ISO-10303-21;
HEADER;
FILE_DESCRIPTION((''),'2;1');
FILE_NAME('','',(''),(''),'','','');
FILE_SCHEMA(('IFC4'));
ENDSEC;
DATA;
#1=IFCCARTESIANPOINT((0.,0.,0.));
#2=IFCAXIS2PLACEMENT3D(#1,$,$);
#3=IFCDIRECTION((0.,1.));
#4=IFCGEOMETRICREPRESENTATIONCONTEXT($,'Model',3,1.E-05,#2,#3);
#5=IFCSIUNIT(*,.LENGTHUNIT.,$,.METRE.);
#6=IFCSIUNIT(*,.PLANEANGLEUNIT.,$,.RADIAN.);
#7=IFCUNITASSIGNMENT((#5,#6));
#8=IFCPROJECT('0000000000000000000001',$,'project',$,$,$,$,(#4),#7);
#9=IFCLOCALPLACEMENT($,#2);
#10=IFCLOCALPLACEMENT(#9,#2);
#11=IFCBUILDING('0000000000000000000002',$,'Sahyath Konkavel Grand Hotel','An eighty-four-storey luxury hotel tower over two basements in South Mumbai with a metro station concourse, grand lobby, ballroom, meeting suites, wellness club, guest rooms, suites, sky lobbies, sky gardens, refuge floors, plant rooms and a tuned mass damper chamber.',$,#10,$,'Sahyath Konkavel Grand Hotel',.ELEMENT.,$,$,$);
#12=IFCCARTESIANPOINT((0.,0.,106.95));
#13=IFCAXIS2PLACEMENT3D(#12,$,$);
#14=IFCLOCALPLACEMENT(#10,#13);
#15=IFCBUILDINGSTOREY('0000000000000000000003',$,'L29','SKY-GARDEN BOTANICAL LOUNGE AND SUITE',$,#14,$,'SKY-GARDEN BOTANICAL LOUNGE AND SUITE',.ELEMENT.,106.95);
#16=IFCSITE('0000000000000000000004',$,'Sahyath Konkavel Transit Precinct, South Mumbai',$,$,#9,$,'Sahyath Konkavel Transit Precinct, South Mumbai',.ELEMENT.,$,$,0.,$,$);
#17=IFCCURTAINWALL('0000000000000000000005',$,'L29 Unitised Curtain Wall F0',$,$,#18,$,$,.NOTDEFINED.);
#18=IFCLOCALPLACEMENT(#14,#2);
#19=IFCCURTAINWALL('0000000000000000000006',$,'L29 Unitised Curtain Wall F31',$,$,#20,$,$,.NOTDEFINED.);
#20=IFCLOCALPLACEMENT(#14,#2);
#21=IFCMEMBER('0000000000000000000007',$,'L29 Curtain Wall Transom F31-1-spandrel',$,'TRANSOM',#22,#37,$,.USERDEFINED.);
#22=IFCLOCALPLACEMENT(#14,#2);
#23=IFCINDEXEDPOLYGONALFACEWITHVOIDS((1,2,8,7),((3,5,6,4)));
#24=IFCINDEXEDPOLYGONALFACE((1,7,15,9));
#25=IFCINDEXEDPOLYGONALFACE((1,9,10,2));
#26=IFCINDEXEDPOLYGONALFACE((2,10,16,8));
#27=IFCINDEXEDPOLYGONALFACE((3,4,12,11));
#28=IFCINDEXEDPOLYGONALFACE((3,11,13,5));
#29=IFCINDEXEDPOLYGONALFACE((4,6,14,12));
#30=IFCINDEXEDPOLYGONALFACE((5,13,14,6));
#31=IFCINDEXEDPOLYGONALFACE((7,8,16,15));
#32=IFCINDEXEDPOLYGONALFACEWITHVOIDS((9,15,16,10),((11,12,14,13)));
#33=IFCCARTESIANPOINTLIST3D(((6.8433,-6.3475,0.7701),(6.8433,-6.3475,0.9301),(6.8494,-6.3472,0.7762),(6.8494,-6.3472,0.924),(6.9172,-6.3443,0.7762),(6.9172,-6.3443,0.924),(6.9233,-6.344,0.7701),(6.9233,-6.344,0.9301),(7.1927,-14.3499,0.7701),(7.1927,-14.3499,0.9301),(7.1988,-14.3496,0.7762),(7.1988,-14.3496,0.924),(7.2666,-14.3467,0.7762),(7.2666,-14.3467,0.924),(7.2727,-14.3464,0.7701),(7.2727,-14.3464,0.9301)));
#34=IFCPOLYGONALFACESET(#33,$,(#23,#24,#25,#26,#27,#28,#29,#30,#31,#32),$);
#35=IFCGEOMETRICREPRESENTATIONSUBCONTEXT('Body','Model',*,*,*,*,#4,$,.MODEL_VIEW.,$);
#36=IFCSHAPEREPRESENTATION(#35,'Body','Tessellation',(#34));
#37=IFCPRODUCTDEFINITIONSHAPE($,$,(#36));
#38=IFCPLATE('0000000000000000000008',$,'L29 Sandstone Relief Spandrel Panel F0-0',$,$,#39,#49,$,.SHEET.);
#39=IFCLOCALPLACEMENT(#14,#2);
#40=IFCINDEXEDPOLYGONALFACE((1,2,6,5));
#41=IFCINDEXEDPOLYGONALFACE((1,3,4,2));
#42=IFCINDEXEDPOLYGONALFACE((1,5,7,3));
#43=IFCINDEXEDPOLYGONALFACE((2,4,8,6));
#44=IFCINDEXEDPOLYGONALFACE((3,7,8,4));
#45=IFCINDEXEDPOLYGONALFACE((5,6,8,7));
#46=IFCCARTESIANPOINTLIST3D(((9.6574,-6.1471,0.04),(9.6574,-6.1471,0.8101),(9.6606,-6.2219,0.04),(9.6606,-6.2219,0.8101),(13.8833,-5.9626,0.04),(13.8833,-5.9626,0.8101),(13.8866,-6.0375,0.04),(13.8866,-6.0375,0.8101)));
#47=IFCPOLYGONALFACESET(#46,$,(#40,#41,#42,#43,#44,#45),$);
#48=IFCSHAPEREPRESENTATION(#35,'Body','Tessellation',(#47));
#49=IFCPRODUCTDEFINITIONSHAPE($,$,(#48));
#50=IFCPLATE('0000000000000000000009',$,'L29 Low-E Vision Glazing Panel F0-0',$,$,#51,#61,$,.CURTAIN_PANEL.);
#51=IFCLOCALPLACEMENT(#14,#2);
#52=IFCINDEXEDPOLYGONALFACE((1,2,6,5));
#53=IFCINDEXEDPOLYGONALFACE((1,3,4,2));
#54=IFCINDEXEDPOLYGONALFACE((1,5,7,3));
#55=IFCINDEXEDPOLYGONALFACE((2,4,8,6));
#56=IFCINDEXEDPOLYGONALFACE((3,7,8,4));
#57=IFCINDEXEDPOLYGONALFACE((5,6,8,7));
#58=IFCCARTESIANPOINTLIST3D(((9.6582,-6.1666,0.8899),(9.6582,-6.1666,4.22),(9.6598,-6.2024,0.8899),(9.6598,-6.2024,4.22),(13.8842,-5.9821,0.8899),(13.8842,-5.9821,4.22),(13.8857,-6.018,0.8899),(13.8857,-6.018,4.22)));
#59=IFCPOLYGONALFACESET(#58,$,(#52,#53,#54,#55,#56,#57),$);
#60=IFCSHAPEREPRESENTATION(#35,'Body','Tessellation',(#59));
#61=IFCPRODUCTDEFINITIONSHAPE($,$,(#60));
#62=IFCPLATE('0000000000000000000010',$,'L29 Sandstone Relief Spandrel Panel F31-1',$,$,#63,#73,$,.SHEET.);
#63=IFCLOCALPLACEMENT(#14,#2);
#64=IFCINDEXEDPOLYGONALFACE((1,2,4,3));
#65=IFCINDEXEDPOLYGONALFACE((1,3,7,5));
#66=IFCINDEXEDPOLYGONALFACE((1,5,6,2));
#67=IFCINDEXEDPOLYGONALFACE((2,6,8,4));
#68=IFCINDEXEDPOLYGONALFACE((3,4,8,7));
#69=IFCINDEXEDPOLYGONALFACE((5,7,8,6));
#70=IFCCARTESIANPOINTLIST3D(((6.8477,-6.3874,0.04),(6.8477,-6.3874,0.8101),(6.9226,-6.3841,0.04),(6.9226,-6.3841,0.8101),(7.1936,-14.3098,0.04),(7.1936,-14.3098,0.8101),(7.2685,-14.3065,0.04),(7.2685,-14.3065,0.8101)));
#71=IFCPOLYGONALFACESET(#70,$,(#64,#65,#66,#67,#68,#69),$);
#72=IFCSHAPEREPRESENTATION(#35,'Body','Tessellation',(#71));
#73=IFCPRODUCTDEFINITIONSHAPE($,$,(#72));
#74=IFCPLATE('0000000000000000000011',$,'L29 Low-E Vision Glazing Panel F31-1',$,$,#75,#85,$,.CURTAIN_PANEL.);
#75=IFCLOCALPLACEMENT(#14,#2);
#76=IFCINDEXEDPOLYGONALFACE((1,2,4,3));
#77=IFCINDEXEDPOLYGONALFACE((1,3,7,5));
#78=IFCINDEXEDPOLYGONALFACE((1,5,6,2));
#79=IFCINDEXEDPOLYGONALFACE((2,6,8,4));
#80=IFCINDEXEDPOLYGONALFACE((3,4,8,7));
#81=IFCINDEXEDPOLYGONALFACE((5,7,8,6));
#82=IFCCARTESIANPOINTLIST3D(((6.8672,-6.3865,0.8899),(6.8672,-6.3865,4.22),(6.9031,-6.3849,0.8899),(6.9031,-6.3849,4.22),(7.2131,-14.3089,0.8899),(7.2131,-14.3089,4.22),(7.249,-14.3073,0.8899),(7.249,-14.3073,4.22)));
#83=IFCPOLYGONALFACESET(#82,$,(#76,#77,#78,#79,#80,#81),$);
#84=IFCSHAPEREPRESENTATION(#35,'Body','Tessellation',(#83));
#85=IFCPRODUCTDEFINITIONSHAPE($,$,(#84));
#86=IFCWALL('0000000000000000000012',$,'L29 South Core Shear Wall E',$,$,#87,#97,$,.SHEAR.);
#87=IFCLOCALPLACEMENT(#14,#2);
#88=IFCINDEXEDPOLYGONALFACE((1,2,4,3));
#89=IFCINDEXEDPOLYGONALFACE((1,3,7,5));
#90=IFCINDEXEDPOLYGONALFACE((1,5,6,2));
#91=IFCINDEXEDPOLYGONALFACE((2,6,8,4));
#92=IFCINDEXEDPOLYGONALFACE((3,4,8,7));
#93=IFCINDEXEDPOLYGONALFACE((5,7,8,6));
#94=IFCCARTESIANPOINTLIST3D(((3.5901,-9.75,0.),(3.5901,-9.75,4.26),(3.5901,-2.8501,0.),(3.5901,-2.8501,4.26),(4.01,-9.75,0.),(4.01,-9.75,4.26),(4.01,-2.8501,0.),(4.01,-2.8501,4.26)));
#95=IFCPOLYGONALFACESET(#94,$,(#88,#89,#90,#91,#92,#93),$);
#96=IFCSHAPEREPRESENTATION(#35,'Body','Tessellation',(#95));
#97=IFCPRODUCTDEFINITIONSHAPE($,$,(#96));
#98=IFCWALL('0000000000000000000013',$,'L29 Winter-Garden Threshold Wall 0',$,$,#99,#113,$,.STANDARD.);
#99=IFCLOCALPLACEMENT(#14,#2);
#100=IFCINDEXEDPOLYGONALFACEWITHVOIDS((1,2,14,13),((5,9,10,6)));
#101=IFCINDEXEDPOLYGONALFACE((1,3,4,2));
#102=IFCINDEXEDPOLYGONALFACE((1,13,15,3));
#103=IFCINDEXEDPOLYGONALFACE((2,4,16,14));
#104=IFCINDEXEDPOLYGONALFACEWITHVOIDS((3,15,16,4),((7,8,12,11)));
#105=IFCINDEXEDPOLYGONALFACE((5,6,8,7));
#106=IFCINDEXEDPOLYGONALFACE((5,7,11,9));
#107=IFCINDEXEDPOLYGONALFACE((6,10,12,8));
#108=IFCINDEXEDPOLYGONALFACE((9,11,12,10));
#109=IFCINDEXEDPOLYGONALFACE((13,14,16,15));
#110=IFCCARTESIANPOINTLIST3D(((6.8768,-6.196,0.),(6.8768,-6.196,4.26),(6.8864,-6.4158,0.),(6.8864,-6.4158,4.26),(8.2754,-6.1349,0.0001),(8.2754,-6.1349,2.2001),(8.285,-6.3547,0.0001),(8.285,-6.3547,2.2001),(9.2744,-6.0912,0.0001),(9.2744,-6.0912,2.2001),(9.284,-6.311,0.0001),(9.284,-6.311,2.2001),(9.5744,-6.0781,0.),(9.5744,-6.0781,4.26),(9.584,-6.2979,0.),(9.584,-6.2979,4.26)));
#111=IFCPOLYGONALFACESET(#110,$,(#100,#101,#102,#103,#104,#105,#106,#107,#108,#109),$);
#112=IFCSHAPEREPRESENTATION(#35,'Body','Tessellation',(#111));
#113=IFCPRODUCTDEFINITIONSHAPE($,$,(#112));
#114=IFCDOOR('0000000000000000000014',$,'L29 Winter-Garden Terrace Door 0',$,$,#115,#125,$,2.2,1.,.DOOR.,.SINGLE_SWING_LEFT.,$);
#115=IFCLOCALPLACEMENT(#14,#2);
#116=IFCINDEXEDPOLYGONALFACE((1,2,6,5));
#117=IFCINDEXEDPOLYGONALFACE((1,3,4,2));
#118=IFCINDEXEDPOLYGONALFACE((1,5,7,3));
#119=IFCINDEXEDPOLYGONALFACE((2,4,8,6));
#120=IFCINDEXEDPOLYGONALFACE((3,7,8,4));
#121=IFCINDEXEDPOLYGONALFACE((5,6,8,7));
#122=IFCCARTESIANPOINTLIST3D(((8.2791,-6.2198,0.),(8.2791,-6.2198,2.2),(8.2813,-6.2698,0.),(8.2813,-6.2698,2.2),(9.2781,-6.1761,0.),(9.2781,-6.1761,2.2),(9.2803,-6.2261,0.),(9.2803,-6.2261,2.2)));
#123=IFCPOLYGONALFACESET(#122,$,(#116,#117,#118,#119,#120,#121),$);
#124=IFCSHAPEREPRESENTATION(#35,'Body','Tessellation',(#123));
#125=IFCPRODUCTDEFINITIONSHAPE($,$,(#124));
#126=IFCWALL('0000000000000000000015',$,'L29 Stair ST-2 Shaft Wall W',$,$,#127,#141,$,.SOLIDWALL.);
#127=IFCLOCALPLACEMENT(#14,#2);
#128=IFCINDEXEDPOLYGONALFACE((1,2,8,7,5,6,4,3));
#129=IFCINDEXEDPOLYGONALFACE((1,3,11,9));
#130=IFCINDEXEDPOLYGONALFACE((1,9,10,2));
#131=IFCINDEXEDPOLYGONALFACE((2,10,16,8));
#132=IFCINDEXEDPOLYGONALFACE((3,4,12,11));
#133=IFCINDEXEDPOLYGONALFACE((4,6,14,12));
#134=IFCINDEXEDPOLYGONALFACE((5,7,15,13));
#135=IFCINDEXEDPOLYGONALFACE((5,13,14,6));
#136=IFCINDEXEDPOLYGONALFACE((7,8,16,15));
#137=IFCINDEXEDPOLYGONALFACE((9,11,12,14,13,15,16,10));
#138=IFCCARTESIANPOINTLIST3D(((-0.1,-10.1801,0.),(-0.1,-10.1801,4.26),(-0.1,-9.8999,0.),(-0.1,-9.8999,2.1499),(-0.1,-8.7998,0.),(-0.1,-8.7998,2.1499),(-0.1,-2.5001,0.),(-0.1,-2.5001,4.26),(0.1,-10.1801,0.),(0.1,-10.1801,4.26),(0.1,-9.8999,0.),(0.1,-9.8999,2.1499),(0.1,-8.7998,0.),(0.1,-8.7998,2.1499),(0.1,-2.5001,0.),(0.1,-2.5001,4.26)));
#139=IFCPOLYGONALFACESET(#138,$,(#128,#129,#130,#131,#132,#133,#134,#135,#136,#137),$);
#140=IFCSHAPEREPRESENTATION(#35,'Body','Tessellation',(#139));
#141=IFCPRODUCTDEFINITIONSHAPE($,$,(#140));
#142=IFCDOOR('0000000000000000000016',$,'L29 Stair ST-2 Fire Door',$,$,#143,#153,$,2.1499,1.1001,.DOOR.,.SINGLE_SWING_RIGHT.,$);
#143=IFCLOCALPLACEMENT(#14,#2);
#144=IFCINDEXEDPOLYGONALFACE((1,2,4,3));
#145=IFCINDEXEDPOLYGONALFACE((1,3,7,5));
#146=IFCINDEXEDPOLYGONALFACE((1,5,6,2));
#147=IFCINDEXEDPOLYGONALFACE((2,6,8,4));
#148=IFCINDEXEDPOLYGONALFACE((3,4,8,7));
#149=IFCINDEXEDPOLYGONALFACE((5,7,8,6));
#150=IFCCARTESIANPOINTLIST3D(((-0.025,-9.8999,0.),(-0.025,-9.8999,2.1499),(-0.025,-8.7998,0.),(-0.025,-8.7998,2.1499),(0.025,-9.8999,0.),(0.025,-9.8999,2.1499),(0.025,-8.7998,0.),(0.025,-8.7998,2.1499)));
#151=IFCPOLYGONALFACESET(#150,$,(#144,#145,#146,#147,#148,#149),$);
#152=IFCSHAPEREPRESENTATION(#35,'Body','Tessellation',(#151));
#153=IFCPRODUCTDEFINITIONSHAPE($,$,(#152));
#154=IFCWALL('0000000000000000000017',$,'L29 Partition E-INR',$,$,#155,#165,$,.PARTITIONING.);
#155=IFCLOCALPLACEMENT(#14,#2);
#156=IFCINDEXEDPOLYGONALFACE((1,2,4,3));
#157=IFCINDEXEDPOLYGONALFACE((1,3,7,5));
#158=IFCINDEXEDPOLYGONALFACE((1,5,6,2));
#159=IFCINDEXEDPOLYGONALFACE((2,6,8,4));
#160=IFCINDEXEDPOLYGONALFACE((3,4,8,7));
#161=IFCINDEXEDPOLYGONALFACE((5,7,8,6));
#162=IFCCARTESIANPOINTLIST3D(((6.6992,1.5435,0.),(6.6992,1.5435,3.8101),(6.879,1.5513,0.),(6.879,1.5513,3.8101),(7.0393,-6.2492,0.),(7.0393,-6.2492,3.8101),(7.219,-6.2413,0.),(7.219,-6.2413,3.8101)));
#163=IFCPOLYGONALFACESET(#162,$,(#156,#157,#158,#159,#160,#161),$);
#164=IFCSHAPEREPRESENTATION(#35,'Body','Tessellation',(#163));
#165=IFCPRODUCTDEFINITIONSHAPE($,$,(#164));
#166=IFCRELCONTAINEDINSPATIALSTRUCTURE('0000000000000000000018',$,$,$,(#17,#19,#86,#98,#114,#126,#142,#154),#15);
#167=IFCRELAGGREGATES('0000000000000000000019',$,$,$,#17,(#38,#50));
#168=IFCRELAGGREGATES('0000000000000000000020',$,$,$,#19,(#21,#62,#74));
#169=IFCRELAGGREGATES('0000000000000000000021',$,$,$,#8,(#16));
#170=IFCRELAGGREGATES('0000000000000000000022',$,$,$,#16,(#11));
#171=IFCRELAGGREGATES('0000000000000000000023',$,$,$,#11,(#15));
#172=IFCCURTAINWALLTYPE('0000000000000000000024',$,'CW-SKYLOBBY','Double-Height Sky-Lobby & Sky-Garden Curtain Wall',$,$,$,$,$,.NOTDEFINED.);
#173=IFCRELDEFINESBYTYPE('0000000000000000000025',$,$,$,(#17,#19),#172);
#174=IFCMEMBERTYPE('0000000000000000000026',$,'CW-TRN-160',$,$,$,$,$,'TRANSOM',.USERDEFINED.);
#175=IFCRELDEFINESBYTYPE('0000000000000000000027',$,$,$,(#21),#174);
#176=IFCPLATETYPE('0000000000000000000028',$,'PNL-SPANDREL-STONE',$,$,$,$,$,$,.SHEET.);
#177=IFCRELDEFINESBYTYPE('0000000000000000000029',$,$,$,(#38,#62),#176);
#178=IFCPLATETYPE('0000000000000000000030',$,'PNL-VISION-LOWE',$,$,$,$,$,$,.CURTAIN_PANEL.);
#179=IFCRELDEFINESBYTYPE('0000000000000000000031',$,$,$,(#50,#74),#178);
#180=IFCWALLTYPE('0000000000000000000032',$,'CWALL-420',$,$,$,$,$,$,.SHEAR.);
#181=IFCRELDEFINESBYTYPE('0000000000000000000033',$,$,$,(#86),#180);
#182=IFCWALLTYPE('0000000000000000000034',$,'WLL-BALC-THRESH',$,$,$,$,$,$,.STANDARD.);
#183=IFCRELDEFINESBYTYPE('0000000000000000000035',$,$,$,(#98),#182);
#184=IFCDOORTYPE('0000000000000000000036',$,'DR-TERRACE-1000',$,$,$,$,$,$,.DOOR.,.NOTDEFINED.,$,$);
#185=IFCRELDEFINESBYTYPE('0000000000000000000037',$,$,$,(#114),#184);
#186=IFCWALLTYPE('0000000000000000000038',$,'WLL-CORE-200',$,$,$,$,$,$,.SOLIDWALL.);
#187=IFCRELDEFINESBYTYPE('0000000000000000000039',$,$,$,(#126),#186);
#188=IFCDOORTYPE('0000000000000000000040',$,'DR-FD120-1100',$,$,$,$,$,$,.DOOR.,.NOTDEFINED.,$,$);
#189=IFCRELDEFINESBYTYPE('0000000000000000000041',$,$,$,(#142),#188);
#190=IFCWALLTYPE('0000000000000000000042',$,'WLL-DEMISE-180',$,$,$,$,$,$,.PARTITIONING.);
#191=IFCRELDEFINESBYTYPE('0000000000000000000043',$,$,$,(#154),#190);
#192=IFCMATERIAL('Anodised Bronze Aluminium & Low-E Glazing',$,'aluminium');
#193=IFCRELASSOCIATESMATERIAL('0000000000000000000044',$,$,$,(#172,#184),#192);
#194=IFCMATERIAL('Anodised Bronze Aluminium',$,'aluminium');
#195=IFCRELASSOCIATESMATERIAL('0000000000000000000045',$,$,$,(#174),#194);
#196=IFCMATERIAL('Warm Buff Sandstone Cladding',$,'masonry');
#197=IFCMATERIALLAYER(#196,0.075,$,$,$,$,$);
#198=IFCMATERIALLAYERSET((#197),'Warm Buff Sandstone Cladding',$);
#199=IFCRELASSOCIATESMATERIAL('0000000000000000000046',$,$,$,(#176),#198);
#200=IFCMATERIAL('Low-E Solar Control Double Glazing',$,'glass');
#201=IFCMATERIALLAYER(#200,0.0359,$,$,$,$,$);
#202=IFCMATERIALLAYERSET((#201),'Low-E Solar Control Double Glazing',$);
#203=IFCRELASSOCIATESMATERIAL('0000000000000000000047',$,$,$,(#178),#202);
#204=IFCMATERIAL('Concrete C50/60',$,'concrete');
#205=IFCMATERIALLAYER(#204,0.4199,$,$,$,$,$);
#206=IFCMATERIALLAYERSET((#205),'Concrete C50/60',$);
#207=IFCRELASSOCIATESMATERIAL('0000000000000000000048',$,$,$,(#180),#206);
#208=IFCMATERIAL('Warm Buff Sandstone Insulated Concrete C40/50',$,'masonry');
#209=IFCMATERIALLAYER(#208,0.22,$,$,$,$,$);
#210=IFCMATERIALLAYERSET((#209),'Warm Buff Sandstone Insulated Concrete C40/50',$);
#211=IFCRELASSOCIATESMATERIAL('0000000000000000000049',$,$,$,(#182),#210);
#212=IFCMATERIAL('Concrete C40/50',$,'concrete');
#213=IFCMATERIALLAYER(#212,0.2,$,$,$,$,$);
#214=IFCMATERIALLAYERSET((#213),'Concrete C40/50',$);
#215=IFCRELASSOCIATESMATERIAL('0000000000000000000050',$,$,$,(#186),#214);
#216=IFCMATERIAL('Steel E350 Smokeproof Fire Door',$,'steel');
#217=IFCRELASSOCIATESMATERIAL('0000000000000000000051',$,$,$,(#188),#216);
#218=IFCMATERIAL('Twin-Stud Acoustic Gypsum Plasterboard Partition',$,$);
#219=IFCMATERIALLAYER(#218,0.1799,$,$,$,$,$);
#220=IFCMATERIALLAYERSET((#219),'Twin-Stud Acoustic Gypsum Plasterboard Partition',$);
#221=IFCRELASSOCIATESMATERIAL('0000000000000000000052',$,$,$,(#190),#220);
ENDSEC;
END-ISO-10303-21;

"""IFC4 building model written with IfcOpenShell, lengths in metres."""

from ifc_helpers import new_model, si_unit, direction, frame, frame_2d, origin, origin_2d, place, context, subcontext, project, spatial, rectangle, hollow_rectangle, extrude, source, transform, mapped, material, layer, layer_set, material_profile, profile_set, type_object, element, fill, aggregate, save


model = new_model("IFC4")

# Units and contexts
model_context = context("Model", 3, precision=1e-05, world=origin(), true_north=direction((0.0, 1.0)))
body_context = subcontext(model_context, "Body", "Model", "MODEL_VIEW")
ifc_project = project(units=[si_unit("LENGTHUNIT", "METRE"), si_unit("PLANEANGLEUNIT", "RADIAN")], contexts=[model_context])

# Site, building, storey
site_placement = place(None, origin())
site = spatial("IfcSite", under=ifc_project, at=site_placement, Name="Sahyath Konkavel Transit Precinct, South Mumbai", LongName="Sahyath Konkavel Transit Precinct, South Mumbai", CompositionType="ELEMENT", RefElevation=0.0)
building_placement = place(site_placement, origin())
building = spatial("IfcBuilding", under=site, at=building_placement, Name="Sahyath Konkavel Grand Hotel", Description="An eighty-four-storey luxury hotel tower over two basements in South Mumbai with a metro station concourse, grand lobby, ballroom, meeting suites, wellness club, guest rooms, suites, sky lobbies, sky gardens, refuge floors, plant rooms and a tuned mass damper chamber.", LongName="Sahyath Konkavel Grand Hotel", CompositionType="ELEMENT")
storey_placement = place(building_placement, frame((0.0, 0.0, 106.95)))
storey = spatial("IfcBuildingStorey", under=building, at=storey_placement, Name="L29", Description="SKY-GARDEN BOTANICAL LOUNGE AND SUITE", LongName="SKY-GARDEN BOTANICAL LOUNGE AND SUITE", CompositionType="ELEMENT", Elevation=106.95)

# Curtain walls
ifc_material_1 = material(Name="Anodised Bronze Aluminium & Low-E Glazing", Category="aluminium")
curtain_wall_type = type_object("IfcCurtainWallType", Name="CW-SKYLOBBY", Description="Double-Height Sky-Lobby & Sky-Garden Curtain Wall", PredefinedType="NOTDEFINED", material=ifc_material_1)
curtain_wall_1_placement = place(storey_placement, origin())
curtain_wall_1 = element("IfcCurtainWall", 1, at=curtain_wall_1_placement, inside=storey, type_object=curtain_wall_type, Name="L29 Unitised Curtain Wall F0", PredefinedType="NOTDEFINED")
ifc_material_2 = material(Name="Anodised Bronze Aluminium", Category="aluminium")
curtain_wall_2_placement = place(storey_placement, origin())
curtain_wall_2 = element("IfcCurtainWall", 2, at=curtain_wall_2_placement, inside=storey, type_object=curtain_wall_type, Name="L29 Unitised Curtain Wall F31", PredefinedType="NOTDEFINED")

# Member
ifc_material_profile_1 = material_profile(ifc_material_2, hollow_rectangle(XDim=0.0801, YDim=0.1599, WallThickness=0.0061, at=origin_2d()), Name="RHS 160x80x6")
ifc_profile_set_1 = profile_set([ifc_material_profile_1], Name="Anodised Bronze Aluminium")
member_type_1 = type_object("IfcMemberType", Name="CW-TRN-160", ElementType="TRANSOM", PredefinedType="USERDEFINED", material=ifc_profile_set_1)
shared_shape_1 = source(origin(), body_context, "Body", "SweptSolid", [
    extrude(hollow_rectangle(XDim=0.0801, YDim=0.1599, WallThickness=0.0061, at=origin_2d()), origin(), (0.0, 0.0, 1.0), 8.01),
])
member_1_placement = place(storey_placement, frame((7.2327, -14.3481, 0.8501), z_axis=(-0.043616, 0.999048, 0.0), x_axis=(-0.999048, -0.043616, 0.0)))
member_1 = element("IfcMember", 3, at=member_1_placement, type_object=member_type_1, Name="L29 Curtain Wall Transom F31-1-spandrel", ObjectType="TRANSOM", PredefinedType="USERDEFINED", context=body_context, shape_type="MappedRepresentation", body=[
    mapped(shared_shape_1, transform((0.0, 0.0, 0.0), scale=1.0)),
])

# Plates
ifc_material_3 = material(Name="Warm Buff Sandstone Cladding", Category="masonry")
ifc_layer_1 = layer(ifc_material_3, 0.075)
ifc_layer_set_1 = layer_set([ifc_layer_1], Name="Warm Buff Sandstone Cladding")
plate_type_1 = type_object("IfcPlateType", Name="PNL-SPANDREL-STONE", PredefinedType="SHEET", material=ifc_layer_set_1)
shared_shape_2 = source(origin(), body_context, "Body", "SweptSolid", [
    extrude(rectangle(XDim=4.23, YDim=0.075, at=origin_2d()), origin(), (0.0, 0.0, 1.0), 0.77),
])
plate_1_placement = place(storey_placement, frame((11.772, -6.0923, 0.04), z_axis=(0.0, 0.0, 1.0), x_axis=(0.999049, 0.043602, 0.0)))
plate_1 = element("IfcPlate", 4, at=plate_1_placement, type_object=plate_type_1, Name="L29 Sandstone Relief Spandrel Panel F0-0", PredefinedType="SHEET", context=body_context, shape_type="MappedRepresentation", body=[
    mapped(shared_shape_2, transform((0.0, 0.0, 0.0), scale=1.0)),
])
ifc_material_4 = material(Name="Low-E Solar Control Double Glazing", Category="glass")
ifc_layer_2 = layer(ifc_material_4, 0.0359)
ifc_layer_set_2 = layer_set([ifc_layer_2], Name="Low-E Solar Control Double Glazing")
plate_type_2 = type_object("IfcPlateType", Name="PNL-VISION-LOWE", PredefinedType="CURTAIN_PANEL", material=ifc_layer_set_2)
shared_shape_3 = source(origin(), body_context, "Body", "SweptSolid", [
    extrude(rectangle(XDim=4.23, YDim=0.0359, at=origin_2d()), origin(), (0.0, 0.0, 1.0), 3.3301),
])
plate_2_placement = place(storey_placement, frame((11.772, -6.0923, 0.8899), z_axis=(0.0, 0.0, 1.0), x_axis=(0.999049, 0.043602, 0.0)))
plate_2 = element("IfcPlate", 5, at=plate_2_placement, type_object=plate_type_2, Name="L29 Low-E Vision Glazing Panel F0-0", PredefinedType="CURTAIN_PANEL", context=body_context, shape_type="MappedRepresentation", body=[
    mapped(shared_shape_3, transform((0.0, 0.0, 0.0), scale=1.0)),
])
aggregate(curtain_wall_1, [plate_1, plate_2])
shared_shape_4 = source(origin(), body_context, "Body", "SweptSolid", [
    extrude(rectangle(XDim=7.9299, YDim=0.075, at=origin_2d()), origin(), (0.0, 0.0, 1.0), 0.77),
])
plate_3_placement = place(storey_placement, frame((7.0581, -10.3469, 0.04), z_axis=(0.0, 0.0, 1.0), x_axis=(-0.043619, 0.999048, 0.0)))
plate_3 = element("IfcPlate", 6, at=plate_3_placement, type_object=plate_type_1, Name="L29 Sandstone Relief Spandrel Panel F31-1", PredefinedType="SHEET", context=body_context, shape_type="MappedRepresentation", body=[
    mapped(shared_shape_4, transform((0.0, 0.0, 0.0), scale=1.0)),
])
shared_shape_5 = source(origin(), body_context, "Body", "SweptSolid", [
    extrude(rectangle(XDim=7.9299, YDim=0.0359, at=origin_2d()), origin(), (0.0, 0.0, 1.0), 3.3301),
])
plate_4_placement = place(storey_placement, frame((7.0581, -10.3469, 0.8899), z_axis=(0.0, 0.0, 1.0), x_axis=(-0.043619, 0.999048, 0.0)))
plate_4 = element("IfcPlate", 7, at=plate_4_placement, type_object=plate_type_2, Name="L29 Low-E Vision Glazing Panel F31-1", PredefinedType="CURTAIN_PANEL", context=body_context, shape_type="MappedRepresentation", body=[
    mapped(shared_shape_5, transform((0.0, 0.0, 0.0), scale=1.0)),
])
aggregate(curtain_wall_2, [member_1, plate_3, plate_4])

# Wall
ifc_material_5 = material(Name="Concrete C50/60", Category="concrete")
ifc_layer_3 = layer(ifc_material_5, 0.4199)
ifc_layer_set_3 = layer_set([ifc_layer_3], Name="Concrete C50/60")
wall_type_1 = type_object("IfcWallType", Name="CWALL-420", PredefinedType="SHEAR", material=ifc_layer_set_3)
wall_1_placement = place(storey_placement, frame((3.8, -9.75, 0.0), z_axis=(0.0, 0.0, 1.0), x_axis=(0.0, 1.0, 0.0)))
element("IfcWall", 8, at=wall_1_placement, inside=storey, type_object=wall_type_1, Name="L29 South Core Shear Wall E", PredefinedType="SHEAR", context=body_context, shape_type="SweptSolid", body=[
    extrude(rectangle(XDim=6.8999, YDim=0.4199, at=frame_2d((3.45, 0.0))), origin(), (0.0, 0.0, 1.0), 4.26),
])

# Walls, openings, doors
ifc_material_6 = material(Name="Warm Buff Sandstone Insulated Concrete C40/50", Category="masonry")
ifc_layer_4 = layer(ifc_material_6, 0.22)
ifc_layer_set_4 = layer_set([ifc_layer_4], Name="Warm Buff Sandstone Insulated Concrete C40/50")
wall_type_2 = type_object("IfcWallType", Name="WLL-BALC-THRESH", PredefinedType="STANDARD", material=ifc_layer_set_4)
wall_2_placement = place(storey_placement, frame((6.8816, -6.3059, 0.0), z_axis=(0.0, 0.0, 1.0), x_axis=(0.999046, 0.043673, 0.0)))
wall_2 = element("IfcWall", 9, at=wall_2_placement, inside=storey, type_object=wall_type_2, Name="L29 Winter-Garden Threshold Wall 0", PredefinedType="STANDARD", context=body_context, shape_type="SweptSolid", body=[
    extrude(rectangle(XDim=2.7002, YDim=0.22, at=frame_2d((1.3501, 0.0))), origin(), (0.0, 0.0, 1.0), 4.26),
])
opening_1_placement = place(wall_2_placement, frame((1.3999, 0.0, 0.0)))
opening_1 = element("IfcOpeningElement", 10, at=opening_1_placement, cuts=wall_2, PredefinedType="OPENING", context=body_context, shape_type="SweptSolid", body=[
    extrude(rectangle(XDim=1.0, YDim=2.2, at=frame_2d((0.5, 1.1001))), frame((0.0, 0.1201, 0.0), z_axis=(0.0, -1.0, 0.0), x_axis=(1.0, 0.0, 0.0)), (0.0, 0.0, 1.0), 0.24),
])
door_type_1 = type_object("IfcDoorType", Name="DR-TERRACE-1000", OperationType="NOTDEFINED", PredefinedType="DOOR", material=ifc_material_1)
shared_shape_6 = source(origin(), body_context, "Body", "SweptSolid", [
    extrude(rectangle(XDim=1.0, YDim=0.05, at=origin_2d()), origin(), (0.0, 0.0, 1.0), 2.2),
])
door_1_placement = place(opening_1_placement, frame((0.5, 0.0, 0.0)))
door_1 = element("IfcDoor", 11, at=door_1_placement, inside=storey, type_object=door_type_1, Name="L29 Winter-Garden Terrace Door 0", OperationType="SINGLE_SWING_LEFT", OverallHeight=2.2, OverallWidth=1.0, PredefinedType="DOOR", context=body_context, shape_type="MappedRepresentation", body=[
    mapped(shared_shape_6, transform((0.0, 0.0, 0.0), scale=1.0)),
])
fill(opening_1, door_1)
ifc_material_7 = material(Name="Concrete C40/50", Category="concrete")
ifc_layer_5 = layer(ifc_material_7, 0.2)
ifc_layer_set_5 = layer_set([ifc_layer_5], Name="Concrete C40/50")
wall_type_3 = type_object("IfcWallType", Name="WLL-CORE-200", PredefinedType="SOLIDWALL", material=ifc_layer_set_5)
wall_3_placement = place(storey_placement, frame((0.0, -10.1799, 0.0), z_axis=(0.0, 0.0, 1.0), x_axis=(0.0, 1.0, 0.0)))
wall_3 = element("IfcWall", 12, at=wall_3_placement, inside=storey, type_object=wall_type_3, Name="L29 Stair ST-2 Shaft Wall W", PredefinedType="SOLIDWALL", context=body_context, shape_type="SweptSolid", body=[
    extrude(rectangle(XDim=7.6799, YDim=0.2, at=frame_2d((3.8398, 0.0))), origin(), (0.0, 0.0, 1.0), 4.26),
])
opening_2_placement = place(wall_3_placement, frame((0.28, 0.0, 0.0)))
opening_2 = element("IfcOpeningElement", 13, at=opening_2_placement, cuts=wall_3, PredefinedType="OPENING", context=body_context, shape_type="SweptSolid", body=[
    extrude(rectangle(XDim=1.1001, YDim=2.1499, at=frame_2d((0.55, 1.075))), frame((0.0, 0.1099, 0.0), z_axis=(0.0, -1.0, 0.0), x_axis=(1.0, 0.0, 0.0)), (0.0, 0.0, 1.0), 0.22),
])
ifc_material_8 = material(Name="Steel E350 Smokeproof Fire Door", Category="steel")
door_type_2 = type_object("IfcDoorType", Name="DR-FD120-1100", OperationType="NOTDEFINED", PredefinedType="DOOR", material=ifc_material_8)
shared_shape_7 = source(origin(), body_context, "Body", "SweptSolid", [
    extrude(rectangle(XDim=1.1001, YDim=0.05, at=origin_2d()), origin(), (0.0, 0.0, 1.0), 2.1499),
])
door_2_placement = place(opening_2_placement, frame((0.55, 0.0, 0.0)))
door_2 = element("IfcDoor", 14, at=door_2_placement, inside=storey, type_object=door_type_2, Name="L29 Stair ST-2 Fire Door", OperationType="SINGLE_SWING_RIGHT", OverallHeight=2.1499, OverallWidth=1.1001, PredefinedType="DOOR", context=body_context, shape_type="MappedRepresentation", body=[
    mapped(shared_shape_7, transform((0.0, 0.0, 0.0), scale=1.0)),
])
fill(opening_2, door_2)

# Wall
ifc_material_9 = material(Name="Twin-Stud Acoustic Gypsum Plasterboard Partition")
ifc_layer_6 = layer(ifc_material_9, 0.1799)
ifc_layer_set_6 = layer_set([ifc_layer_6], Name="Twin-Stud Acoustic Gypsum Plasterboard Partition")
wall_type_4 = type_object("IfcWallType", Name="WLL-DEMISE-180", PredefinedType="PARTITIONING", material=ifc_layer_set_6)
wall_4_placement = place(storey_placement, frame((7.1292, -6.2451, 0.0), z_axis=(0.0, 0.0, 1.0), x_axis=(-0.0436, 0.999049, 0.0)))
element("IfcWall", 15, at=wall_4_placement, inside=storey, type_object=wall_type_4, Name="L29 Partition E-INR", PredefinedType="PARTITIONING", context=body_context, shape_type="SweptSolid", body=[
    extrude(rectangle(XDim=7.8, YDim=0.1799, at=frame_2d((3.8999, 0.0))), origin(), (0.0, 0.0, 1.0), 3.8101),
])

save(model, "model.ifc")
